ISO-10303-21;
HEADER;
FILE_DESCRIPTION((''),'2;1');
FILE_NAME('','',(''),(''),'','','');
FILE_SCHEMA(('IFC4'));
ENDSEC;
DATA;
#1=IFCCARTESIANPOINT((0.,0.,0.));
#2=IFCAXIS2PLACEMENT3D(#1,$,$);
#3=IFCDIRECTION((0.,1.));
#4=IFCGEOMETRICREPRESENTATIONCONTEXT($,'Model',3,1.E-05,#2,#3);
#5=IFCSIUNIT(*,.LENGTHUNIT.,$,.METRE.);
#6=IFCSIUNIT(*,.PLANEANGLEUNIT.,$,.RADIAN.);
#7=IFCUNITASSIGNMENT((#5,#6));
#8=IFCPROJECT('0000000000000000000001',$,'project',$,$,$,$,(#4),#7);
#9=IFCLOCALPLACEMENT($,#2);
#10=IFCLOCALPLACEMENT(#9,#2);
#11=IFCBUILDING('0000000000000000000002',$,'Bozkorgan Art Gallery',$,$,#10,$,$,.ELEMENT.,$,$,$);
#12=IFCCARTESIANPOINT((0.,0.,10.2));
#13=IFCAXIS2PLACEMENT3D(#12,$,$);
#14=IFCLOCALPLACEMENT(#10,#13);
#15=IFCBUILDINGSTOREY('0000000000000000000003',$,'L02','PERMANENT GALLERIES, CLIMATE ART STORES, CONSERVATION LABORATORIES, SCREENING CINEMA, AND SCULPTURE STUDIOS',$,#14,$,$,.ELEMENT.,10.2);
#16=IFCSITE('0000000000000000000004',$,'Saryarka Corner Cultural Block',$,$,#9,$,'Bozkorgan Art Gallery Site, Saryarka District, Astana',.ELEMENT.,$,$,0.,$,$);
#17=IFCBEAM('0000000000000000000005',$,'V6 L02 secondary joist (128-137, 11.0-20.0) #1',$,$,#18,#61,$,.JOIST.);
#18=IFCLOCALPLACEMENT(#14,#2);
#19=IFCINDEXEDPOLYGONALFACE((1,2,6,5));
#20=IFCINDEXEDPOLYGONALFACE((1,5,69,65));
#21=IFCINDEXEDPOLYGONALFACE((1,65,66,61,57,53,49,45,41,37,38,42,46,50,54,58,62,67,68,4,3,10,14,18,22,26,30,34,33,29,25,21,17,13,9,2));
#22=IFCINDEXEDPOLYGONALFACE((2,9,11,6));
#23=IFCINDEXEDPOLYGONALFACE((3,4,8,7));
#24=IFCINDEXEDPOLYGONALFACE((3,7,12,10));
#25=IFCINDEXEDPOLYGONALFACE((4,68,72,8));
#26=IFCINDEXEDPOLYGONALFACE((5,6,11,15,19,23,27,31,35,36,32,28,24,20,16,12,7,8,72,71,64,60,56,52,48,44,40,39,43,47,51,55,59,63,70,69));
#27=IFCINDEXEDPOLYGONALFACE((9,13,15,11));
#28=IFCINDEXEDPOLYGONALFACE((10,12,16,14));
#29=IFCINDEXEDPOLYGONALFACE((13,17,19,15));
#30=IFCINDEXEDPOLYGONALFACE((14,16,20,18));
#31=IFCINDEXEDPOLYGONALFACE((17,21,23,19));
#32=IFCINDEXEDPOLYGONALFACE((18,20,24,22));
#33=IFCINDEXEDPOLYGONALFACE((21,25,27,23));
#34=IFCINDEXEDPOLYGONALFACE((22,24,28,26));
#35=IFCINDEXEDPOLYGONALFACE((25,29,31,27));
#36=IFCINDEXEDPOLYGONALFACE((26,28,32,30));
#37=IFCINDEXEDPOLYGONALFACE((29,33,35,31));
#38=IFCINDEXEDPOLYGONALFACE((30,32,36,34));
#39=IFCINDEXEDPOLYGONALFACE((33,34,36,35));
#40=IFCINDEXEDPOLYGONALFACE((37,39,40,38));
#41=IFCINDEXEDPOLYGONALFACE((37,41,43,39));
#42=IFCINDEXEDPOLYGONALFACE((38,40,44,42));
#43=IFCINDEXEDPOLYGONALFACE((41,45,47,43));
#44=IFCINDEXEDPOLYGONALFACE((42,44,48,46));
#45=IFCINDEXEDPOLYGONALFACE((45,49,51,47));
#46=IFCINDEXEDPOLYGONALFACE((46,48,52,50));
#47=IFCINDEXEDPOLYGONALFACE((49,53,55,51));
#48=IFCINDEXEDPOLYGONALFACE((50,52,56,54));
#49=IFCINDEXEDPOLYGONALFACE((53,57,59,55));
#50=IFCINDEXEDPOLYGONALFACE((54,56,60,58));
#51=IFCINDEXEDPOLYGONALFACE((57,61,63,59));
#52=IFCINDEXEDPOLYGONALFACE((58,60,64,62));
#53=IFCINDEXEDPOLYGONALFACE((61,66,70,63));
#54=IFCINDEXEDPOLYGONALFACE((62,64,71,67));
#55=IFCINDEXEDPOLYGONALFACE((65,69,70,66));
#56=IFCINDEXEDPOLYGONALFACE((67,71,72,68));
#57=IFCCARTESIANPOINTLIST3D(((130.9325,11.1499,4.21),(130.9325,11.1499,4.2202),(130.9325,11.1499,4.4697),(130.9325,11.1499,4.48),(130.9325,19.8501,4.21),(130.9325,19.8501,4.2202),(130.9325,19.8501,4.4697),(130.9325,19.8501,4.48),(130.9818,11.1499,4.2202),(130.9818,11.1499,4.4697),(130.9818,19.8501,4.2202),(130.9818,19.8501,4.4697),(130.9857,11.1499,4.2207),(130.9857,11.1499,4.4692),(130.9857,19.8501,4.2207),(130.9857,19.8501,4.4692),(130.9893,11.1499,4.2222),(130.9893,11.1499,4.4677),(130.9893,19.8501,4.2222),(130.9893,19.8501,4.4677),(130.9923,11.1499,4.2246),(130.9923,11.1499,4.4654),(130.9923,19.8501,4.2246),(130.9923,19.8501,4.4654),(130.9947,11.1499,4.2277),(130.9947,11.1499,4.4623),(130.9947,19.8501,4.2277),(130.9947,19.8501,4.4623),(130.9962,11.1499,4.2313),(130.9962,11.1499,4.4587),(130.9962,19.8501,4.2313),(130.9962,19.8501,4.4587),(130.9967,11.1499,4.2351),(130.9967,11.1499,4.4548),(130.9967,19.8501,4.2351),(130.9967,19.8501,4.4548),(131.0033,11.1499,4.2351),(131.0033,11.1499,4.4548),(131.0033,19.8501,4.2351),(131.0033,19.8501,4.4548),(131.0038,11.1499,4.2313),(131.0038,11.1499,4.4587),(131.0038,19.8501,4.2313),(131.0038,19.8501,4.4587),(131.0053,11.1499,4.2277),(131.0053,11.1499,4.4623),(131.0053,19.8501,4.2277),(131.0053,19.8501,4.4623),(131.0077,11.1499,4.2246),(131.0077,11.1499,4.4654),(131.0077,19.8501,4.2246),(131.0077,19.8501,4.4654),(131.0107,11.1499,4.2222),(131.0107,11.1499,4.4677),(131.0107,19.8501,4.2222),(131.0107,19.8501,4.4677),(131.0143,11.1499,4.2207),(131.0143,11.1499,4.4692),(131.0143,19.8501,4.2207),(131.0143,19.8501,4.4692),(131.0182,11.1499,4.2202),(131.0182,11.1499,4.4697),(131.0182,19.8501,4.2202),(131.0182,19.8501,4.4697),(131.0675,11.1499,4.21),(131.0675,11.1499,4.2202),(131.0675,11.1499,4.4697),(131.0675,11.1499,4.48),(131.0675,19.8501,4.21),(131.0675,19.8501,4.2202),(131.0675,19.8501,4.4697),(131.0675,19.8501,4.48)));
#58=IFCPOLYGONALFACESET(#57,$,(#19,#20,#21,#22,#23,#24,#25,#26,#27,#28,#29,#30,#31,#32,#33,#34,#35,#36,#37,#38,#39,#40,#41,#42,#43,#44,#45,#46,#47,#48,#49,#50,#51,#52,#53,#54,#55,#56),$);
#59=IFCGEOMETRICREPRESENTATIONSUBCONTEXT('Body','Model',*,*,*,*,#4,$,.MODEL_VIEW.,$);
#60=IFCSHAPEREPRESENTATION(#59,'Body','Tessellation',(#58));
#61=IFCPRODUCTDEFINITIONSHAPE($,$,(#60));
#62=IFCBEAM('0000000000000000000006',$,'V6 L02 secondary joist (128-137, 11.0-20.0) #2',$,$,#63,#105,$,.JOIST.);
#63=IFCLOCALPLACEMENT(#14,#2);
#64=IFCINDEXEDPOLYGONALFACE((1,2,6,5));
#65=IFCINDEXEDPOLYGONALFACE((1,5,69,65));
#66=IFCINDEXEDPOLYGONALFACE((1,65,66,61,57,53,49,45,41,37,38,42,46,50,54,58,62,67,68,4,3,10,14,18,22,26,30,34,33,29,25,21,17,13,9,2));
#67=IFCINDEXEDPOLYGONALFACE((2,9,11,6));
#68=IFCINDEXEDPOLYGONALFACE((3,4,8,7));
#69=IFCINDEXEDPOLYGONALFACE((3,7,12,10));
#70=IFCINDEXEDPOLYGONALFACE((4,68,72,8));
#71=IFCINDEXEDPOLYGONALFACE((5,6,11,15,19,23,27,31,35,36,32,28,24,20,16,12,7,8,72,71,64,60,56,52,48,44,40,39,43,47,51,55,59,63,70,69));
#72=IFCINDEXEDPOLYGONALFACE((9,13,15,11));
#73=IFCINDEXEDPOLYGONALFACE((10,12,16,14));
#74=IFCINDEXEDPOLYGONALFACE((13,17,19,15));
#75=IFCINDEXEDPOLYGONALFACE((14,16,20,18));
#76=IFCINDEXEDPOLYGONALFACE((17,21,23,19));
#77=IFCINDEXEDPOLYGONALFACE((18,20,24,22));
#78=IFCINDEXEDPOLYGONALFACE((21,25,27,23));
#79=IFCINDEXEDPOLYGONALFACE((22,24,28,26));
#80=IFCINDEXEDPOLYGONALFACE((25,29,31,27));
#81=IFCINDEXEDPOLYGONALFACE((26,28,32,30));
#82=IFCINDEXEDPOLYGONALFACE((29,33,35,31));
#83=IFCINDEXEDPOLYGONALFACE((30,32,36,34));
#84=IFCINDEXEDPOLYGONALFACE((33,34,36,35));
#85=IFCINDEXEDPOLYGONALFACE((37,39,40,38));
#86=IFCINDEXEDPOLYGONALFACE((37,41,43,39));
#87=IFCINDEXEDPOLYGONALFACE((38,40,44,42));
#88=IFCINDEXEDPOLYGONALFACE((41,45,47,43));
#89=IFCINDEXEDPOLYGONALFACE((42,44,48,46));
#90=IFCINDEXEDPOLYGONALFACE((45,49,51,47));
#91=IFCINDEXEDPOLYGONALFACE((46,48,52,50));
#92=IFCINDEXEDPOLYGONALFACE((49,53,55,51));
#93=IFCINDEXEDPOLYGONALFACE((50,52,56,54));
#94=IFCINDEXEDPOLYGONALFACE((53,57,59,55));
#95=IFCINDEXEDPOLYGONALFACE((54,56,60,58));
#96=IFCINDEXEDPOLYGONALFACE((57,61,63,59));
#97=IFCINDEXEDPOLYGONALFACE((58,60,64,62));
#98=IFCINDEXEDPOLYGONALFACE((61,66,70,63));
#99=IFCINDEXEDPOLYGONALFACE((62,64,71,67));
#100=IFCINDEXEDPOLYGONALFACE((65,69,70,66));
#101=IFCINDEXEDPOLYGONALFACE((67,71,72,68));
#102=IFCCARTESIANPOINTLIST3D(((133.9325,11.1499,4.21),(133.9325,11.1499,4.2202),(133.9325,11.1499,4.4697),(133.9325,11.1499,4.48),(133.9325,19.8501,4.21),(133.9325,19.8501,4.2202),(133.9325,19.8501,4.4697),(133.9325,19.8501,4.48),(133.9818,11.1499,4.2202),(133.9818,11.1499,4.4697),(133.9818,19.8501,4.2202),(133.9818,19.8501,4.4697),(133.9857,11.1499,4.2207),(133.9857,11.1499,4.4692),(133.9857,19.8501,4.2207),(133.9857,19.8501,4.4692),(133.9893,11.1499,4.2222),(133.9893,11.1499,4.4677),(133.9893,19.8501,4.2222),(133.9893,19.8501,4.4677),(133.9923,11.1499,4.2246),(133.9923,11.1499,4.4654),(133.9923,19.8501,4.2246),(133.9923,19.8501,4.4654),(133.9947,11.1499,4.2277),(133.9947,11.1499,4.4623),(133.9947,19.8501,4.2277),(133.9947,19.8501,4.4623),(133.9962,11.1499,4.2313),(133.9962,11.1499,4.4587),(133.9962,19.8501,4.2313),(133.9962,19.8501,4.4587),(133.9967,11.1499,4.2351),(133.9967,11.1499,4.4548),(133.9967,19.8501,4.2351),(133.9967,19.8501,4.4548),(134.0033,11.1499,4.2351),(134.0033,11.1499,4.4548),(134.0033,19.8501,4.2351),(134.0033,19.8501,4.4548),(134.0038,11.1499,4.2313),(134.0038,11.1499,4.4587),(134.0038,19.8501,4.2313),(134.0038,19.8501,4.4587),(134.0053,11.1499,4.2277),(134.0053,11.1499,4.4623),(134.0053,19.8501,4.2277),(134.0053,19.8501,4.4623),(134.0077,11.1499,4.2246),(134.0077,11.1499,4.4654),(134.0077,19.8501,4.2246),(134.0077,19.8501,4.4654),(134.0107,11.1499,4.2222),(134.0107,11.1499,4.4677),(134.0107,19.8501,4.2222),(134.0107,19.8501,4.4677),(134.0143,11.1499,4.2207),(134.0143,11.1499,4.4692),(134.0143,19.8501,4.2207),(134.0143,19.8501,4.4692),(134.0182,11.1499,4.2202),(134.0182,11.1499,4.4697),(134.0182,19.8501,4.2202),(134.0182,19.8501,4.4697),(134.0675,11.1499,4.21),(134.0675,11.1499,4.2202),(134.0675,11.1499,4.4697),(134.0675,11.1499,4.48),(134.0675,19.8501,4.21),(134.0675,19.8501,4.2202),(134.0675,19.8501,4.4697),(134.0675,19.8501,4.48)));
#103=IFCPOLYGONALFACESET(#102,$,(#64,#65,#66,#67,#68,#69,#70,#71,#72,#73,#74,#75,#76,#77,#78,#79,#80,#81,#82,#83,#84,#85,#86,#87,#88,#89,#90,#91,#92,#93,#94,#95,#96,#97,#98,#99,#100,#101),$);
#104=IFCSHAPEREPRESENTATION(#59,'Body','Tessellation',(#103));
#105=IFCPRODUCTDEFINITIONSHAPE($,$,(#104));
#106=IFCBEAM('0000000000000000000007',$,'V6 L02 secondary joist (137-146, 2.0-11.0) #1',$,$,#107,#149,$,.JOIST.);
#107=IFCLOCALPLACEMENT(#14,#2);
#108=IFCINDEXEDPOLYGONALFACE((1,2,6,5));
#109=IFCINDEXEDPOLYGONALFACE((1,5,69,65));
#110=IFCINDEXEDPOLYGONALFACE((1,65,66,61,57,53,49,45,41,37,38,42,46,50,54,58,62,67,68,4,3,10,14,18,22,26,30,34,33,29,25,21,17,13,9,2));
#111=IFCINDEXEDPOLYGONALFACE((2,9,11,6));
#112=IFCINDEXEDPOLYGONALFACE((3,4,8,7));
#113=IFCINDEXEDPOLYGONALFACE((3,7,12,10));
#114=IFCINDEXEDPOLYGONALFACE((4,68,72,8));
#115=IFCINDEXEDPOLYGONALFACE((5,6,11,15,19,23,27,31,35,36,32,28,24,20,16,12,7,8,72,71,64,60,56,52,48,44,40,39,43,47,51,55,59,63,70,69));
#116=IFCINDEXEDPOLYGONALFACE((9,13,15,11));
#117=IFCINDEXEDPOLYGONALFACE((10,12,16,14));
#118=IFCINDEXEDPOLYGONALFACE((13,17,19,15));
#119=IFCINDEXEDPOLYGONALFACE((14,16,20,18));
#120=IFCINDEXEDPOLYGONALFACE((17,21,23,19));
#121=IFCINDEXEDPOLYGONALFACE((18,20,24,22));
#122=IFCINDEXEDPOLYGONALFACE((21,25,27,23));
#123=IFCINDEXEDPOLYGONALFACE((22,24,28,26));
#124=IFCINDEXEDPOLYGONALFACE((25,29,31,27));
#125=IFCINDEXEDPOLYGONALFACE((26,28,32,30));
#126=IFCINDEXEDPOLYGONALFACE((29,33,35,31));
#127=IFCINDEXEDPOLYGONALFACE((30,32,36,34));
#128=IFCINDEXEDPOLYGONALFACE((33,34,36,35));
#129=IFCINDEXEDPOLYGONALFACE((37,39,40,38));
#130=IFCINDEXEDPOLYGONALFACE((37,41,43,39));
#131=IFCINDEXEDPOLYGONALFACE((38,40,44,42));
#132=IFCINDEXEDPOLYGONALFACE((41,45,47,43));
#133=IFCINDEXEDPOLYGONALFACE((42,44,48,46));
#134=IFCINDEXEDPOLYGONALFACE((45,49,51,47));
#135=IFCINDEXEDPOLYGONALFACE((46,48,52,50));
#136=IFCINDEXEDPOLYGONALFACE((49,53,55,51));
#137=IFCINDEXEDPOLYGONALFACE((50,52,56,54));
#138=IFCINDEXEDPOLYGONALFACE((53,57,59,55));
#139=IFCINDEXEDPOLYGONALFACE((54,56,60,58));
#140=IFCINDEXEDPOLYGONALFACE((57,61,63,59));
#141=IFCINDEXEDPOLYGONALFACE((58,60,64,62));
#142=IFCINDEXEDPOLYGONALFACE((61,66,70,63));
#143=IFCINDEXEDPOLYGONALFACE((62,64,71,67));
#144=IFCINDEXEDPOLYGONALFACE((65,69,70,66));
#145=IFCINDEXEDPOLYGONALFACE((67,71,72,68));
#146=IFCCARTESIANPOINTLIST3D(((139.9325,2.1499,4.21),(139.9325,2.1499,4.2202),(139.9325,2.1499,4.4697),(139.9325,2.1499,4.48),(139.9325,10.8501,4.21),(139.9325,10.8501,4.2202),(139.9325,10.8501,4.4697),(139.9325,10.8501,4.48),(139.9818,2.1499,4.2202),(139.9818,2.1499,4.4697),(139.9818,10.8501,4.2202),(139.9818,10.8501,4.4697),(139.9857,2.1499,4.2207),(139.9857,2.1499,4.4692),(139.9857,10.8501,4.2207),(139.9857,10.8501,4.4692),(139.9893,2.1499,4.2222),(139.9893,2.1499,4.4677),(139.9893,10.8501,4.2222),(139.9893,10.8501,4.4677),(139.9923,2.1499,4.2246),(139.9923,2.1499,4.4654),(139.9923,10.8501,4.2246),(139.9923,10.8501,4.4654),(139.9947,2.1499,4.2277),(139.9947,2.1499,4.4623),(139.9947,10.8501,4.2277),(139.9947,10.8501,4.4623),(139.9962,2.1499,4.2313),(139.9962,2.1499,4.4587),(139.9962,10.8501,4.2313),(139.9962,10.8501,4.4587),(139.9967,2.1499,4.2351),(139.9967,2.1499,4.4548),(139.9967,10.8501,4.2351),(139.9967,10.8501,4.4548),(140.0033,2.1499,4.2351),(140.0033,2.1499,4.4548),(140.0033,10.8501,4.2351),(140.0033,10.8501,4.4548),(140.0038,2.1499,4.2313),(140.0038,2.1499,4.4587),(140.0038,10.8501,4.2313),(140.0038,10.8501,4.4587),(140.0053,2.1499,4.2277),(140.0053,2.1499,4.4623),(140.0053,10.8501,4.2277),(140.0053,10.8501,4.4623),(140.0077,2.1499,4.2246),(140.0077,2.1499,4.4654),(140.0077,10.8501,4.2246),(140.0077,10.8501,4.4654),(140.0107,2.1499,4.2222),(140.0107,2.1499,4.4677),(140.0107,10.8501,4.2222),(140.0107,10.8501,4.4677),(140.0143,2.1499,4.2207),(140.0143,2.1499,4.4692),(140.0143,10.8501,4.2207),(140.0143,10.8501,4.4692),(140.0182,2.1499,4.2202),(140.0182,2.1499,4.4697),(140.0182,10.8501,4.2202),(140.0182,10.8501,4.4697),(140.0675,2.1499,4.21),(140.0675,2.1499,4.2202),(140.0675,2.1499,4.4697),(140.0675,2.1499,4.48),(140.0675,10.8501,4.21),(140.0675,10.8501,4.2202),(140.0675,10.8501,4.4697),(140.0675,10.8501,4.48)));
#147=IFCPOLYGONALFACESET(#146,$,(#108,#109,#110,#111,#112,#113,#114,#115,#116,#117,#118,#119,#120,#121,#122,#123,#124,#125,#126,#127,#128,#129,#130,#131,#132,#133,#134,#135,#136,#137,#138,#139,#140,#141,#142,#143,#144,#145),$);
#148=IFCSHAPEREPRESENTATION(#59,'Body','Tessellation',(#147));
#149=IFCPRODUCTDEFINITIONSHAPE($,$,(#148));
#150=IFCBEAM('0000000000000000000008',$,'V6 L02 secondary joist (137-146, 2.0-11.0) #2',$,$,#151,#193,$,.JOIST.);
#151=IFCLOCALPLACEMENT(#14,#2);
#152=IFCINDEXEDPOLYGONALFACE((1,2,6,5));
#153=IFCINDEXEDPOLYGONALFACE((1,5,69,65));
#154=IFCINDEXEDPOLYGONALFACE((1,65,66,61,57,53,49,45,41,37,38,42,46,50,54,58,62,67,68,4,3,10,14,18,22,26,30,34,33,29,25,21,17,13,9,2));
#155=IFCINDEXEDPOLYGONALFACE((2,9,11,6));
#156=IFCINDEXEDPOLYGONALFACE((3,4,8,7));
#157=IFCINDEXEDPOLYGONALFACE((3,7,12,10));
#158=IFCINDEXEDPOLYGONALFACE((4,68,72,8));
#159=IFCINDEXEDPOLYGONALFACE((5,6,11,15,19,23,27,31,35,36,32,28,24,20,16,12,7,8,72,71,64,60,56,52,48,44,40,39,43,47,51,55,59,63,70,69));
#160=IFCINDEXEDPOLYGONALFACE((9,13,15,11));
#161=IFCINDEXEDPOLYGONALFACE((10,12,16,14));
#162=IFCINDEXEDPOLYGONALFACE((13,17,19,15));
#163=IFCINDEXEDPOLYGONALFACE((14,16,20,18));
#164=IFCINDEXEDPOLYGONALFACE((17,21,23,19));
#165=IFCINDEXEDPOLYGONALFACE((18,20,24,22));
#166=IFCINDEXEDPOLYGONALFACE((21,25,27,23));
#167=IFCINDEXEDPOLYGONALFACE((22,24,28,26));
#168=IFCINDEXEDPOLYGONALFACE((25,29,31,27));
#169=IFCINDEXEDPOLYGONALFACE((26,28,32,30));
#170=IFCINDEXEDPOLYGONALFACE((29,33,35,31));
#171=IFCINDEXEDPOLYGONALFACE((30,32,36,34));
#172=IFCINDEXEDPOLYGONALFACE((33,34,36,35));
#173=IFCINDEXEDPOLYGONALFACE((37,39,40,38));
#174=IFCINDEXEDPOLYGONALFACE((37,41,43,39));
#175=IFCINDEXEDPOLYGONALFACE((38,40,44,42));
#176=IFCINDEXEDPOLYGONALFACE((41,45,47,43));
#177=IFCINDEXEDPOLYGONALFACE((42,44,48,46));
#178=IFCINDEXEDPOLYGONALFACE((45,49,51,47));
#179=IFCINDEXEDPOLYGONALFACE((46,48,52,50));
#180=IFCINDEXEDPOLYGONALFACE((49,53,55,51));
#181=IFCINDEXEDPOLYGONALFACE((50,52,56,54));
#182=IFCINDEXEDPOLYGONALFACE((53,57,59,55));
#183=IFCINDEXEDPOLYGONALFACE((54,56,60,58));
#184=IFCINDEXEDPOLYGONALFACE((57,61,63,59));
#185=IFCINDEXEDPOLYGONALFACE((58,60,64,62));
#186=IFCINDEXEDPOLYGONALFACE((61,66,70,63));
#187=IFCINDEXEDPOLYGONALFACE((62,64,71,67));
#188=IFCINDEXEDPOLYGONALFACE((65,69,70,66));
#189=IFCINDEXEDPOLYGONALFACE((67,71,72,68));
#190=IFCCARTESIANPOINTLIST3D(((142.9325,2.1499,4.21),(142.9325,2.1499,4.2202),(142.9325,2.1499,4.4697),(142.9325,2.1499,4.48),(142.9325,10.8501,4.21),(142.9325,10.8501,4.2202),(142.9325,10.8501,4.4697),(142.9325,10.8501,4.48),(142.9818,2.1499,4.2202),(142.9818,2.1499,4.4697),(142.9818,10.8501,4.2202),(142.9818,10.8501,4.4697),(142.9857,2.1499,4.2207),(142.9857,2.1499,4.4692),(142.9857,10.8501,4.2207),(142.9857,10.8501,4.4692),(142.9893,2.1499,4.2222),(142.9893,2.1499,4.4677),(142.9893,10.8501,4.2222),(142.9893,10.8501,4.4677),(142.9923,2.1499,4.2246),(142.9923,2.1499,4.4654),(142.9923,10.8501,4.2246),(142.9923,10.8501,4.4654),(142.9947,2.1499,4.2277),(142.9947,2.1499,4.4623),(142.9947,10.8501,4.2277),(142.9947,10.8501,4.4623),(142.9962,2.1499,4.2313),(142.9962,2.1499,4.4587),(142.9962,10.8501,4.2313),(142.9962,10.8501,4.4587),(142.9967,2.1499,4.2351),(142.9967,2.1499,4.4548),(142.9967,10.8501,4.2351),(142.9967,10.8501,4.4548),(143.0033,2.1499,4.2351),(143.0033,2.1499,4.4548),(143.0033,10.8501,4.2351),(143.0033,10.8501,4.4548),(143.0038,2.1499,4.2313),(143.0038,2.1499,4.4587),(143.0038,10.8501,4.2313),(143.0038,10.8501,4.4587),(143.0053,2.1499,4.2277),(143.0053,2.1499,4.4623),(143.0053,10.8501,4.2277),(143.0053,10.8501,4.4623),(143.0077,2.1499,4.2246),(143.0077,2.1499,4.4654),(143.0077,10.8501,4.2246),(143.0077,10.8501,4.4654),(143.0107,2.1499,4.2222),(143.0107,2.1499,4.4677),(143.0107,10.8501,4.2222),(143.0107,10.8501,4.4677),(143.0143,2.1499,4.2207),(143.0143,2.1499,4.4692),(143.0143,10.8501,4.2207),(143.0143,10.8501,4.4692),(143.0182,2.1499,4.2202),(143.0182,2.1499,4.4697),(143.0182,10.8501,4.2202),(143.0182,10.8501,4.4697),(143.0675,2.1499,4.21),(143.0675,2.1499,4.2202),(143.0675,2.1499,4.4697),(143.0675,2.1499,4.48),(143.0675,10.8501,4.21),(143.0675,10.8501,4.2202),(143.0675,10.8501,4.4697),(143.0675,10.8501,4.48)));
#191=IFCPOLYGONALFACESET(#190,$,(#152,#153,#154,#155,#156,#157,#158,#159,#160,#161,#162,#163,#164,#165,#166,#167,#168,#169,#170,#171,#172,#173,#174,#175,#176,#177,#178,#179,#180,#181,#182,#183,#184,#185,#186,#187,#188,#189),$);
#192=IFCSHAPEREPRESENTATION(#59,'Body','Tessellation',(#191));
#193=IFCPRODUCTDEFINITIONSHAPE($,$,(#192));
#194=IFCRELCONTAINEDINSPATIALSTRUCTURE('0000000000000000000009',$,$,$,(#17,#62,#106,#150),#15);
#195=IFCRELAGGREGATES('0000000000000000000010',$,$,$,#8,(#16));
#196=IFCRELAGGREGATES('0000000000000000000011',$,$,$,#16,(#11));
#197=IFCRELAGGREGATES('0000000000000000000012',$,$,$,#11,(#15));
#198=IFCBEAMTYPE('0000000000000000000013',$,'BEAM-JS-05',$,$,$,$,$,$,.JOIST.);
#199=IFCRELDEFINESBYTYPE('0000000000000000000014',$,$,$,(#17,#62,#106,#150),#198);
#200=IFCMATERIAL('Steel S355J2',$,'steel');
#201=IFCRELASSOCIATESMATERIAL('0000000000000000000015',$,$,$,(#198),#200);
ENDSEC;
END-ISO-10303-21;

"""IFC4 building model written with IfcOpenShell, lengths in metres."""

from ifc_helpers import new_model, si_unit, direction, frame, origin, origin_2d, place, context, subcontext, project, spatial, i_section, extrude, material, material_profile, profile_set, type_object, element, save


model = new_model("IFC4")

# Units and contexts
model_context = context("Model", 3, precision=1e-05, world=origin(), true_north=direction((0.0, 1.0)))
body_context = subcontext(model_context, "Body", "Model", "MODEL_VIEW")
ifc_project = project(units=[si_unit("LENGTHUNIT", "METRE"), si_unit("PLANEANGLEUNIT", "RADIAN")], contexts=[model_context])

# Site, building, storey
site_placement = place(None, origin())
site = spatial("IfcSite", under=ifc_project, at=site_placement, Name="Saryarka Corner Cultural Block", LongName="Bozkorgan Art Gallery Site, Saryarka District, Astana", CompositionType="ELEMENT", RefElevation=0.0)
building_placement = place(site_placement, origin())
building = spatial("IfcBuilding", under=site, at=building_placement, Name="Bozkorgan Art Gallery", CompositionType="ELEMENT")
storey_placement = place(building_placement, frame((0.0, 0.0, 10.2)))
storey = spatial("IfcBuildingStorey", under=building, at=storey_placement, Name="L02", Description="PERMANENT GALLERIES, CLIMATE ART STORES, CONSERVATION LABORATORIES, SCREENING CINEMA, AND SCULPTURE STUDIOS", CompositionType="ELEMENT", Elevation=10.2)

# Shared definitions
ifc_material_1 = material(Name="Steel S355J2", Category="steel")

# Beams
ifc_material_profile_1 = material_profile(ifc_material_1, i_section(OverallWidth=0.135, OverallDepth=0.27, WebThickness=0.0066, FlangeThickness=0.0103, FilletRadius=0.0149, at=origin_2d()), Name="IPE 270")
ifc_profile_set_1 = profile_set([ifc_material_profile_1], Name="Steel S355J2")
beam_type_1 = type_object("IfcBeamType", Name="BEAM-JS-05", PredefinedType="JOIST", material=ifc_profile_set_1)
for number, where, z_axis, x_axis, name in (
    (1, (131.0, 11.1499, 4.345), (0.0, 1.0, 0.0), (-1.0, 0.0, 0.0), "V6 L02 secondary joist (128-137, 11.0-20.0) #1"),
    (2, (134.0, 11.1499, 4.345), (0.0, 1.0, 0.0), (-1.0, 0.0, 0.0), "V6 L02 secondary joist (128-137, 11.0-20.0) #2"),
    (3, (140.0, 2.1499, 4.345), (0.0, 1.0, 0.0), (-1.0, 0.0, 0.0), "V6 L02 secondary joist (137-146, 2.0-11.0) #1"),
    (4, (143.0, 2.1499, 4.345), (0.0, 1.0, 0.0), (-1.0, 0.0, 0.0), "V6 L02 secondary joist (137-146, 2.0-11.0) #2"),
):
    element("IfcBeam", number, at=place(storey_placement, frame(where, z_axis=z_axis, x_axis=x_axis)), inside=storey, type_object=beam_type_1, Name=name, PredefinedType="JOIST", context=body_context, shape_type="SweptSolid", body=[
        extrude(i_section(OverallWidth=0.135, OverallDepth=0.27, WebThickness=0.0066, FlangeThickness=0.0103, FilletRadius=0.0149, at=origin_2d()), origin(), (0.0, 0.0, 1.0), 8.7002),
    ])

save(model, "model.ifc")
